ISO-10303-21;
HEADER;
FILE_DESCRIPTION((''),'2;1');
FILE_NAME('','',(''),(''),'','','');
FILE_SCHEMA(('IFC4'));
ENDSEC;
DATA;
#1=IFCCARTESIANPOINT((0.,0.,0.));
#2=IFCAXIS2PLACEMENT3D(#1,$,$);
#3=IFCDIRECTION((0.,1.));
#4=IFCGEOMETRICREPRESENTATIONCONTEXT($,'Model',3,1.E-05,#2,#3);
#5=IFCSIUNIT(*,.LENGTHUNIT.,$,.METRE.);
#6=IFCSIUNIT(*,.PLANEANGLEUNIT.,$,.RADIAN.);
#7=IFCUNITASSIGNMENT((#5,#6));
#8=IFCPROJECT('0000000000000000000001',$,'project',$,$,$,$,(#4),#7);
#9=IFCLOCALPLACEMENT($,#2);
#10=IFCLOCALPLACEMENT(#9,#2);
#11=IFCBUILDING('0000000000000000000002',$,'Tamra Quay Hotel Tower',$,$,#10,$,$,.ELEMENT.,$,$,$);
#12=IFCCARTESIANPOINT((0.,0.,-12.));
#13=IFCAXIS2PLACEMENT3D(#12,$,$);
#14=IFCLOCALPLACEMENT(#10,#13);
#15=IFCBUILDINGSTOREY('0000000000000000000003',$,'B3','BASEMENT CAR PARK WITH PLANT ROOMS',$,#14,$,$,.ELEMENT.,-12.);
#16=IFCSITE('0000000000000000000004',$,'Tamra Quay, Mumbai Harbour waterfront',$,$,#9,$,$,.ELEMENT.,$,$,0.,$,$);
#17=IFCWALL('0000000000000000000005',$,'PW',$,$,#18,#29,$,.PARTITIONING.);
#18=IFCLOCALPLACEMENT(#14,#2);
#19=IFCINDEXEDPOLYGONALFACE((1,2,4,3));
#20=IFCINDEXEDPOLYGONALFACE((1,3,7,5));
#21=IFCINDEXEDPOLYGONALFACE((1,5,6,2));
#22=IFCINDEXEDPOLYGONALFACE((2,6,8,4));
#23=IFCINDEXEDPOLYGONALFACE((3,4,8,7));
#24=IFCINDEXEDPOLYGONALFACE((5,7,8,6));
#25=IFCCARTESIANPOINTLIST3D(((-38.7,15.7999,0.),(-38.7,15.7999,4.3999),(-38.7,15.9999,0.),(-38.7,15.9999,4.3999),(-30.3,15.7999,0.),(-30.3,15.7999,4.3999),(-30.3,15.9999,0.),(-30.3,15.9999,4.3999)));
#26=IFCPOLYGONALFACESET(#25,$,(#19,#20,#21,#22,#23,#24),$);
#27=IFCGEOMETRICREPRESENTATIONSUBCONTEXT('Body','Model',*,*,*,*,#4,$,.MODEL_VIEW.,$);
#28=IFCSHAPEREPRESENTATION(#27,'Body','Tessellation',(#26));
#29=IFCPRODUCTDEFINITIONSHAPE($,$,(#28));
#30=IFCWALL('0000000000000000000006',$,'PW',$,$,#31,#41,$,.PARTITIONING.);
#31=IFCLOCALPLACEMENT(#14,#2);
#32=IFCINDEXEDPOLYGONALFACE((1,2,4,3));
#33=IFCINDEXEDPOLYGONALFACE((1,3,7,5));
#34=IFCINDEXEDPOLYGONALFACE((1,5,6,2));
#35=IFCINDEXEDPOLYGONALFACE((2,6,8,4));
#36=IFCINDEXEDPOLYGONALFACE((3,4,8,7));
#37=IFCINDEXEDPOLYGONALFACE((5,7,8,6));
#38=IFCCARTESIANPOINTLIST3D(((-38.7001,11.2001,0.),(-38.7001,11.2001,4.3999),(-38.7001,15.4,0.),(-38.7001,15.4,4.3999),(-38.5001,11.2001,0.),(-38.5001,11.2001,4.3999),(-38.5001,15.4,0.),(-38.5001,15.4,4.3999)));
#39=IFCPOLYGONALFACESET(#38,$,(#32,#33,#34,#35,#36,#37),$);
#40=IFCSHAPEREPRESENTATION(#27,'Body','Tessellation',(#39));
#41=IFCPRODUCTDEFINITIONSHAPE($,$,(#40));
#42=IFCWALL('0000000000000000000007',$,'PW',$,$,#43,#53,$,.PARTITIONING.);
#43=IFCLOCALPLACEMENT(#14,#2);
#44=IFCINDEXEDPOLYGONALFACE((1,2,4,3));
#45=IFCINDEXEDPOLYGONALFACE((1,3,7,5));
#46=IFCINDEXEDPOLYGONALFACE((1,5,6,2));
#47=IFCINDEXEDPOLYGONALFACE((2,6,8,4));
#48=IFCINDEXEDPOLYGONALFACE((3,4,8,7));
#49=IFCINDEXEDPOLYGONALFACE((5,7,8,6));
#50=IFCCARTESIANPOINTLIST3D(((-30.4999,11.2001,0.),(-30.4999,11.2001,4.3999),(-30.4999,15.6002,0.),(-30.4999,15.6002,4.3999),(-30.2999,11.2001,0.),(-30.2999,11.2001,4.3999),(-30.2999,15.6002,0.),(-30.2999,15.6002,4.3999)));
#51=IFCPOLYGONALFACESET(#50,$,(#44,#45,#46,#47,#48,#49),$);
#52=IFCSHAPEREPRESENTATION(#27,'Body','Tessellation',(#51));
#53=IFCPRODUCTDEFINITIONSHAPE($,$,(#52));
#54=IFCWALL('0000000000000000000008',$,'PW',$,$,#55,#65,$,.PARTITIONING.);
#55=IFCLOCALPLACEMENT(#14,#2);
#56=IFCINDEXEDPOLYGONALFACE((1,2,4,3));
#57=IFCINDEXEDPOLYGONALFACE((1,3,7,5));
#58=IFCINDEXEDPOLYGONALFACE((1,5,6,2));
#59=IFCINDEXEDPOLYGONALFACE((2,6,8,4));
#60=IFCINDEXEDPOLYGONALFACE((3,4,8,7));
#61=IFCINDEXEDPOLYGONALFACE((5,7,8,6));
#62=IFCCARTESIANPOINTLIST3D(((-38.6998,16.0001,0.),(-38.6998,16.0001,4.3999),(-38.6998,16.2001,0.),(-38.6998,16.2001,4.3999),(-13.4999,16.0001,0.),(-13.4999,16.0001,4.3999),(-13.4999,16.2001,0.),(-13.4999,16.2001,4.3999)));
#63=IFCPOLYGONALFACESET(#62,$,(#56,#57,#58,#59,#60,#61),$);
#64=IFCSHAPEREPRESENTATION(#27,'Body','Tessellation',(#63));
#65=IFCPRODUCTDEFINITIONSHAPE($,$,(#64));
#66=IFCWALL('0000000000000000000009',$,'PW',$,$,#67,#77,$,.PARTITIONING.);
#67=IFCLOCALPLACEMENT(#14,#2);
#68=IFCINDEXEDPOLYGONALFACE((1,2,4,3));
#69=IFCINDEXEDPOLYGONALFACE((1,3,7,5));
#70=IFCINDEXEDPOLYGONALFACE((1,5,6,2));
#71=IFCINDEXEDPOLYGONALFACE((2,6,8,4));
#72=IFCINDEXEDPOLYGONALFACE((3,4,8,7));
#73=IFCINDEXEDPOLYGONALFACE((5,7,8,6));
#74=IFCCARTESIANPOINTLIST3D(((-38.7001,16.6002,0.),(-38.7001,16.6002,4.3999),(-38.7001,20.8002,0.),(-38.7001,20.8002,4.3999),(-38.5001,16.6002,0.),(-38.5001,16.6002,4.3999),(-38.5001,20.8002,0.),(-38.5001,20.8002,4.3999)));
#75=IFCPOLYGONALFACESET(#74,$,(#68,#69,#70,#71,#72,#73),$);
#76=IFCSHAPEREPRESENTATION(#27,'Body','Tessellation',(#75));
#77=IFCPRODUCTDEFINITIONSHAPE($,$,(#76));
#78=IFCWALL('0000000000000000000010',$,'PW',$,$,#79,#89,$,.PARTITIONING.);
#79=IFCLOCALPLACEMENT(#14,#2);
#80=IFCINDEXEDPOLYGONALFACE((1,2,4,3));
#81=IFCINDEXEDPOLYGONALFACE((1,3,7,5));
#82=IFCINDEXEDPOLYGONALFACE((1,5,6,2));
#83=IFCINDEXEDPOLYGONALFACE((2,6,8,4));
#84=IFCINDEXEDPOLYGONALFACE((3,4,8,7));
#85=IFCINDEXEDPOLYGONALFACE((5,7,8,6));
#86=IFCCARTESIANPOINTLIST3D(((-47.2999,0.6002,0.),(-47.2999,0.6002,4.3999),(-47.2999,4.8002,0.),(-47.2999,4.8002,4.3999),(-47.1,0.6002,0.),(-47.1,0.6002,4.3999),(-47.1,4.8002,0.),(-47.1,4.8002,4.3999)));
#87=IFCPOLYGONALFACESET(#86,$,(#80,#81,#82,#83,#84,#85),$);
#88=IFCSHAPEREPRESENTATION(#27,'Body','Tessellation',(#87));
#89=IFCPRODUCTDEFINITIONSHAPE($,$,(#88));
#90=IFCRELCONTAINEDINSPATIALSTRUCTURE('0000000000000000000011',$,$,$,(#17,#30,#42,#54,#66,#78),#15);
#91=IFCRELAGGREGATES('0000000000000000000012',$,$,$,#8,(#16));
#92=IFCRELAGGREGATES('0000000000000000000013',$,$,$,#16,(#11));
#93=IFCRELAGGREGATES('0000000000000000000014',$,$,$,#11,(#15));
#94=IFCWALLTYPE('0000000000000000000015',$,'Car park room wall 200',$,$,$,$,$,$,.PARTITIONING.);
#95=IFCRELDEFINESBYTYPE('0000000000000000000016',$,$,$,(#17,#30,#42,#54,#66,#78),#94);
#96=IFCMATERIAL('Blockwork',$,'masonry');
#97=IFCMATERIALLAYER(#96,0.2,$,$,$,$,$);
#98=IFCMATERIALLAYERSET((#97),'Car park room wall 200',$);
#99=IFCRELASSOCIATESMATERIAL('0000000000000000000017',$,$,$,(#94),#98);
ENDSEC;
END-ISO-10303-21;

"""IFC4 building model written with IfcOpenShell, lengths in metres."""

from ifc_helpers import new_model, si_unit, direction, frame, frame_2d, origin, place, context, subcontext, project, spatial, rectangle, extrude, material, layer, layer_set, type_object, element, save


model = new_model("IFC4")

# Units and contexts
model_context = context("Model", 3, precision=1e-05, world=origin(), true_north=direction((0.0, 1.0)))
body_context = subcontext(model_context, "Body", "Model", "MODEL_VIEW")
ifc_project = project(units=[si_unit("LENGTHUNIT", "METRE"), si_unit("PLANEANGLEUNIT", "RADIAN")], contexts=[model_context])

# Site, building, storey
site_placement = place(None, origin())
site = spatial("IfcSite", under=ifc_project, at=site_placement, Name="Tamra Quay, Mumbai Harbour waterfront", CompositionType="ELEMENT", RefElevation=0.0)
building_placement = place(site_placement, origin())
building = spatial("IfcBuilding", under=site, at=building_placement, Name="Tamra Quay Hotel Tower", CompositionType="ELEMENT")
storey_placement = place(building_placement, frame((0.0, 0.0, -12.0)))
storey = spatial("IfcBuildingStorey", under=building, at=storey_placement, Name="B3", Description="BASEMENT CAR PARK WITH PLANT ROOMS", CompositionType="ELEMENT", Elevation=-12.0)

# Shared definitions
ifc_material_1 = material(Name="Blockwork", Category="masonry")
ifc_layer = layer(ifc_material_1, 0.2)
ifc_layer_set = layer_set([ifc_layer], Name="Car park room wall 200")
wall_type = type_object("IfcWallType", Name="Car park room wall 200", PredefinedType="PARTITIONING", material=ifc_layer_set)

# Walls
wall_1_placement = place(storey_placement, frame((-38.7, 15.8999, 0.0), z_axis=(0.0, 0.0, 1.0), x_axis=(1.0, 0.0, 0.0)))
element("IfcWall", 1, at=wall_1_placement, inside=storey, type_object=wall_type, Name="PW", PredefinedType="PARTITIONING", context=body_context, shape_type="SweptSolid", body=[
    extrude(rectangle(XDim=8.3999, YDim=0.2, at=frame_2d((4.2, 0.0))), origin(), (0.0, 0.0, 1.0), 4.3999),
])
wall_2_placement = place(storey_placement, frame((-38.6001, 11.2, 0.0), z_axis=(0.0, 0.0, 1.0), x_axis=(0.0, 1.0, 0.0)))
element("IfcWall", 2, at=wall_2_placement, inside=storey, type_object=wall_type, Name="PW", PredefinedType="PARTITIONING", context=body_context, shape_type="SweptSolid", body=[
    extrude(rectangle(XDim=4.2, YDim=0.2, at=frame_2d((2.1001, 0.0))), origin(), (0.0, 0.0, 1.0), 4.3999),
])
wall_3_placement = place(storey_placement, frame((-30.3999, 11.2, 0.0), z_axis=(0.0, 0.0, 1.0), x_axis=(0.0, 1.0, 0.0)))
element("IfcWall", 3, at=wall_3_placement, inside=storey, type_object=wall_type, Name="PW", PredefinedType="PARTITIONING", context=body_context, shape_type="SweptSolid", body=[
    extrude(rectangle(XDim=4.4001, YDim=0.2, at=frame_2d((2.2002, 0.0))), origin(), (0.0, 0.0, 1.0), 4.3999),
])
wall_4_placement = place(storey_placement, frame((-38.7, 16.1001, 0.0), z_axis=(0.0, 0.0, 1.0), x_axis=(1.0, 0.0, 0.0)))
element("IfcWall", 4, at=wall_4_placement, inside=storey, type_object=wall_type, Name="PW", PredefinedType="PARTITIONING", context=body_context, shape_type="SweptSolid", body=[
    extrude(rectangle(XDim=25.2, YDim=0.2, at=frame_2d((12.6001, 0.0))), origin(), (0.0, 0.0, 1.0), 4.3999),
])
for number, where, z_axis, x_axis, name in (
    (5, (-38.6001, 16.6001, 0.0), (0.0, 0.0, 1.0), (0.0, 1.0, 0.0), "PW"),
    (6, (-47.2, 0.6001, 0.0), (0.0, 0.0, 1.0), (0.0, 1.0, 0.0), "PW"),
):
    element("IfcWall", number, at=place(storey_placement, frame(where, z_axis=z_axis, x_axis=x_axis)), inside=storey, type_object=wall_type, Name=name, PredefinedType="PARTITIONING", context=body_context, shape_type="SweptSolid", body=[
        extrude(rectangle(XDim=4.2, YDim=0.2, at=frame_2d((2.1001, 0.0))), origin(), (0.0, 0.0, 1.0), 4.3999),
    ])

save(model, "model.ifc")
